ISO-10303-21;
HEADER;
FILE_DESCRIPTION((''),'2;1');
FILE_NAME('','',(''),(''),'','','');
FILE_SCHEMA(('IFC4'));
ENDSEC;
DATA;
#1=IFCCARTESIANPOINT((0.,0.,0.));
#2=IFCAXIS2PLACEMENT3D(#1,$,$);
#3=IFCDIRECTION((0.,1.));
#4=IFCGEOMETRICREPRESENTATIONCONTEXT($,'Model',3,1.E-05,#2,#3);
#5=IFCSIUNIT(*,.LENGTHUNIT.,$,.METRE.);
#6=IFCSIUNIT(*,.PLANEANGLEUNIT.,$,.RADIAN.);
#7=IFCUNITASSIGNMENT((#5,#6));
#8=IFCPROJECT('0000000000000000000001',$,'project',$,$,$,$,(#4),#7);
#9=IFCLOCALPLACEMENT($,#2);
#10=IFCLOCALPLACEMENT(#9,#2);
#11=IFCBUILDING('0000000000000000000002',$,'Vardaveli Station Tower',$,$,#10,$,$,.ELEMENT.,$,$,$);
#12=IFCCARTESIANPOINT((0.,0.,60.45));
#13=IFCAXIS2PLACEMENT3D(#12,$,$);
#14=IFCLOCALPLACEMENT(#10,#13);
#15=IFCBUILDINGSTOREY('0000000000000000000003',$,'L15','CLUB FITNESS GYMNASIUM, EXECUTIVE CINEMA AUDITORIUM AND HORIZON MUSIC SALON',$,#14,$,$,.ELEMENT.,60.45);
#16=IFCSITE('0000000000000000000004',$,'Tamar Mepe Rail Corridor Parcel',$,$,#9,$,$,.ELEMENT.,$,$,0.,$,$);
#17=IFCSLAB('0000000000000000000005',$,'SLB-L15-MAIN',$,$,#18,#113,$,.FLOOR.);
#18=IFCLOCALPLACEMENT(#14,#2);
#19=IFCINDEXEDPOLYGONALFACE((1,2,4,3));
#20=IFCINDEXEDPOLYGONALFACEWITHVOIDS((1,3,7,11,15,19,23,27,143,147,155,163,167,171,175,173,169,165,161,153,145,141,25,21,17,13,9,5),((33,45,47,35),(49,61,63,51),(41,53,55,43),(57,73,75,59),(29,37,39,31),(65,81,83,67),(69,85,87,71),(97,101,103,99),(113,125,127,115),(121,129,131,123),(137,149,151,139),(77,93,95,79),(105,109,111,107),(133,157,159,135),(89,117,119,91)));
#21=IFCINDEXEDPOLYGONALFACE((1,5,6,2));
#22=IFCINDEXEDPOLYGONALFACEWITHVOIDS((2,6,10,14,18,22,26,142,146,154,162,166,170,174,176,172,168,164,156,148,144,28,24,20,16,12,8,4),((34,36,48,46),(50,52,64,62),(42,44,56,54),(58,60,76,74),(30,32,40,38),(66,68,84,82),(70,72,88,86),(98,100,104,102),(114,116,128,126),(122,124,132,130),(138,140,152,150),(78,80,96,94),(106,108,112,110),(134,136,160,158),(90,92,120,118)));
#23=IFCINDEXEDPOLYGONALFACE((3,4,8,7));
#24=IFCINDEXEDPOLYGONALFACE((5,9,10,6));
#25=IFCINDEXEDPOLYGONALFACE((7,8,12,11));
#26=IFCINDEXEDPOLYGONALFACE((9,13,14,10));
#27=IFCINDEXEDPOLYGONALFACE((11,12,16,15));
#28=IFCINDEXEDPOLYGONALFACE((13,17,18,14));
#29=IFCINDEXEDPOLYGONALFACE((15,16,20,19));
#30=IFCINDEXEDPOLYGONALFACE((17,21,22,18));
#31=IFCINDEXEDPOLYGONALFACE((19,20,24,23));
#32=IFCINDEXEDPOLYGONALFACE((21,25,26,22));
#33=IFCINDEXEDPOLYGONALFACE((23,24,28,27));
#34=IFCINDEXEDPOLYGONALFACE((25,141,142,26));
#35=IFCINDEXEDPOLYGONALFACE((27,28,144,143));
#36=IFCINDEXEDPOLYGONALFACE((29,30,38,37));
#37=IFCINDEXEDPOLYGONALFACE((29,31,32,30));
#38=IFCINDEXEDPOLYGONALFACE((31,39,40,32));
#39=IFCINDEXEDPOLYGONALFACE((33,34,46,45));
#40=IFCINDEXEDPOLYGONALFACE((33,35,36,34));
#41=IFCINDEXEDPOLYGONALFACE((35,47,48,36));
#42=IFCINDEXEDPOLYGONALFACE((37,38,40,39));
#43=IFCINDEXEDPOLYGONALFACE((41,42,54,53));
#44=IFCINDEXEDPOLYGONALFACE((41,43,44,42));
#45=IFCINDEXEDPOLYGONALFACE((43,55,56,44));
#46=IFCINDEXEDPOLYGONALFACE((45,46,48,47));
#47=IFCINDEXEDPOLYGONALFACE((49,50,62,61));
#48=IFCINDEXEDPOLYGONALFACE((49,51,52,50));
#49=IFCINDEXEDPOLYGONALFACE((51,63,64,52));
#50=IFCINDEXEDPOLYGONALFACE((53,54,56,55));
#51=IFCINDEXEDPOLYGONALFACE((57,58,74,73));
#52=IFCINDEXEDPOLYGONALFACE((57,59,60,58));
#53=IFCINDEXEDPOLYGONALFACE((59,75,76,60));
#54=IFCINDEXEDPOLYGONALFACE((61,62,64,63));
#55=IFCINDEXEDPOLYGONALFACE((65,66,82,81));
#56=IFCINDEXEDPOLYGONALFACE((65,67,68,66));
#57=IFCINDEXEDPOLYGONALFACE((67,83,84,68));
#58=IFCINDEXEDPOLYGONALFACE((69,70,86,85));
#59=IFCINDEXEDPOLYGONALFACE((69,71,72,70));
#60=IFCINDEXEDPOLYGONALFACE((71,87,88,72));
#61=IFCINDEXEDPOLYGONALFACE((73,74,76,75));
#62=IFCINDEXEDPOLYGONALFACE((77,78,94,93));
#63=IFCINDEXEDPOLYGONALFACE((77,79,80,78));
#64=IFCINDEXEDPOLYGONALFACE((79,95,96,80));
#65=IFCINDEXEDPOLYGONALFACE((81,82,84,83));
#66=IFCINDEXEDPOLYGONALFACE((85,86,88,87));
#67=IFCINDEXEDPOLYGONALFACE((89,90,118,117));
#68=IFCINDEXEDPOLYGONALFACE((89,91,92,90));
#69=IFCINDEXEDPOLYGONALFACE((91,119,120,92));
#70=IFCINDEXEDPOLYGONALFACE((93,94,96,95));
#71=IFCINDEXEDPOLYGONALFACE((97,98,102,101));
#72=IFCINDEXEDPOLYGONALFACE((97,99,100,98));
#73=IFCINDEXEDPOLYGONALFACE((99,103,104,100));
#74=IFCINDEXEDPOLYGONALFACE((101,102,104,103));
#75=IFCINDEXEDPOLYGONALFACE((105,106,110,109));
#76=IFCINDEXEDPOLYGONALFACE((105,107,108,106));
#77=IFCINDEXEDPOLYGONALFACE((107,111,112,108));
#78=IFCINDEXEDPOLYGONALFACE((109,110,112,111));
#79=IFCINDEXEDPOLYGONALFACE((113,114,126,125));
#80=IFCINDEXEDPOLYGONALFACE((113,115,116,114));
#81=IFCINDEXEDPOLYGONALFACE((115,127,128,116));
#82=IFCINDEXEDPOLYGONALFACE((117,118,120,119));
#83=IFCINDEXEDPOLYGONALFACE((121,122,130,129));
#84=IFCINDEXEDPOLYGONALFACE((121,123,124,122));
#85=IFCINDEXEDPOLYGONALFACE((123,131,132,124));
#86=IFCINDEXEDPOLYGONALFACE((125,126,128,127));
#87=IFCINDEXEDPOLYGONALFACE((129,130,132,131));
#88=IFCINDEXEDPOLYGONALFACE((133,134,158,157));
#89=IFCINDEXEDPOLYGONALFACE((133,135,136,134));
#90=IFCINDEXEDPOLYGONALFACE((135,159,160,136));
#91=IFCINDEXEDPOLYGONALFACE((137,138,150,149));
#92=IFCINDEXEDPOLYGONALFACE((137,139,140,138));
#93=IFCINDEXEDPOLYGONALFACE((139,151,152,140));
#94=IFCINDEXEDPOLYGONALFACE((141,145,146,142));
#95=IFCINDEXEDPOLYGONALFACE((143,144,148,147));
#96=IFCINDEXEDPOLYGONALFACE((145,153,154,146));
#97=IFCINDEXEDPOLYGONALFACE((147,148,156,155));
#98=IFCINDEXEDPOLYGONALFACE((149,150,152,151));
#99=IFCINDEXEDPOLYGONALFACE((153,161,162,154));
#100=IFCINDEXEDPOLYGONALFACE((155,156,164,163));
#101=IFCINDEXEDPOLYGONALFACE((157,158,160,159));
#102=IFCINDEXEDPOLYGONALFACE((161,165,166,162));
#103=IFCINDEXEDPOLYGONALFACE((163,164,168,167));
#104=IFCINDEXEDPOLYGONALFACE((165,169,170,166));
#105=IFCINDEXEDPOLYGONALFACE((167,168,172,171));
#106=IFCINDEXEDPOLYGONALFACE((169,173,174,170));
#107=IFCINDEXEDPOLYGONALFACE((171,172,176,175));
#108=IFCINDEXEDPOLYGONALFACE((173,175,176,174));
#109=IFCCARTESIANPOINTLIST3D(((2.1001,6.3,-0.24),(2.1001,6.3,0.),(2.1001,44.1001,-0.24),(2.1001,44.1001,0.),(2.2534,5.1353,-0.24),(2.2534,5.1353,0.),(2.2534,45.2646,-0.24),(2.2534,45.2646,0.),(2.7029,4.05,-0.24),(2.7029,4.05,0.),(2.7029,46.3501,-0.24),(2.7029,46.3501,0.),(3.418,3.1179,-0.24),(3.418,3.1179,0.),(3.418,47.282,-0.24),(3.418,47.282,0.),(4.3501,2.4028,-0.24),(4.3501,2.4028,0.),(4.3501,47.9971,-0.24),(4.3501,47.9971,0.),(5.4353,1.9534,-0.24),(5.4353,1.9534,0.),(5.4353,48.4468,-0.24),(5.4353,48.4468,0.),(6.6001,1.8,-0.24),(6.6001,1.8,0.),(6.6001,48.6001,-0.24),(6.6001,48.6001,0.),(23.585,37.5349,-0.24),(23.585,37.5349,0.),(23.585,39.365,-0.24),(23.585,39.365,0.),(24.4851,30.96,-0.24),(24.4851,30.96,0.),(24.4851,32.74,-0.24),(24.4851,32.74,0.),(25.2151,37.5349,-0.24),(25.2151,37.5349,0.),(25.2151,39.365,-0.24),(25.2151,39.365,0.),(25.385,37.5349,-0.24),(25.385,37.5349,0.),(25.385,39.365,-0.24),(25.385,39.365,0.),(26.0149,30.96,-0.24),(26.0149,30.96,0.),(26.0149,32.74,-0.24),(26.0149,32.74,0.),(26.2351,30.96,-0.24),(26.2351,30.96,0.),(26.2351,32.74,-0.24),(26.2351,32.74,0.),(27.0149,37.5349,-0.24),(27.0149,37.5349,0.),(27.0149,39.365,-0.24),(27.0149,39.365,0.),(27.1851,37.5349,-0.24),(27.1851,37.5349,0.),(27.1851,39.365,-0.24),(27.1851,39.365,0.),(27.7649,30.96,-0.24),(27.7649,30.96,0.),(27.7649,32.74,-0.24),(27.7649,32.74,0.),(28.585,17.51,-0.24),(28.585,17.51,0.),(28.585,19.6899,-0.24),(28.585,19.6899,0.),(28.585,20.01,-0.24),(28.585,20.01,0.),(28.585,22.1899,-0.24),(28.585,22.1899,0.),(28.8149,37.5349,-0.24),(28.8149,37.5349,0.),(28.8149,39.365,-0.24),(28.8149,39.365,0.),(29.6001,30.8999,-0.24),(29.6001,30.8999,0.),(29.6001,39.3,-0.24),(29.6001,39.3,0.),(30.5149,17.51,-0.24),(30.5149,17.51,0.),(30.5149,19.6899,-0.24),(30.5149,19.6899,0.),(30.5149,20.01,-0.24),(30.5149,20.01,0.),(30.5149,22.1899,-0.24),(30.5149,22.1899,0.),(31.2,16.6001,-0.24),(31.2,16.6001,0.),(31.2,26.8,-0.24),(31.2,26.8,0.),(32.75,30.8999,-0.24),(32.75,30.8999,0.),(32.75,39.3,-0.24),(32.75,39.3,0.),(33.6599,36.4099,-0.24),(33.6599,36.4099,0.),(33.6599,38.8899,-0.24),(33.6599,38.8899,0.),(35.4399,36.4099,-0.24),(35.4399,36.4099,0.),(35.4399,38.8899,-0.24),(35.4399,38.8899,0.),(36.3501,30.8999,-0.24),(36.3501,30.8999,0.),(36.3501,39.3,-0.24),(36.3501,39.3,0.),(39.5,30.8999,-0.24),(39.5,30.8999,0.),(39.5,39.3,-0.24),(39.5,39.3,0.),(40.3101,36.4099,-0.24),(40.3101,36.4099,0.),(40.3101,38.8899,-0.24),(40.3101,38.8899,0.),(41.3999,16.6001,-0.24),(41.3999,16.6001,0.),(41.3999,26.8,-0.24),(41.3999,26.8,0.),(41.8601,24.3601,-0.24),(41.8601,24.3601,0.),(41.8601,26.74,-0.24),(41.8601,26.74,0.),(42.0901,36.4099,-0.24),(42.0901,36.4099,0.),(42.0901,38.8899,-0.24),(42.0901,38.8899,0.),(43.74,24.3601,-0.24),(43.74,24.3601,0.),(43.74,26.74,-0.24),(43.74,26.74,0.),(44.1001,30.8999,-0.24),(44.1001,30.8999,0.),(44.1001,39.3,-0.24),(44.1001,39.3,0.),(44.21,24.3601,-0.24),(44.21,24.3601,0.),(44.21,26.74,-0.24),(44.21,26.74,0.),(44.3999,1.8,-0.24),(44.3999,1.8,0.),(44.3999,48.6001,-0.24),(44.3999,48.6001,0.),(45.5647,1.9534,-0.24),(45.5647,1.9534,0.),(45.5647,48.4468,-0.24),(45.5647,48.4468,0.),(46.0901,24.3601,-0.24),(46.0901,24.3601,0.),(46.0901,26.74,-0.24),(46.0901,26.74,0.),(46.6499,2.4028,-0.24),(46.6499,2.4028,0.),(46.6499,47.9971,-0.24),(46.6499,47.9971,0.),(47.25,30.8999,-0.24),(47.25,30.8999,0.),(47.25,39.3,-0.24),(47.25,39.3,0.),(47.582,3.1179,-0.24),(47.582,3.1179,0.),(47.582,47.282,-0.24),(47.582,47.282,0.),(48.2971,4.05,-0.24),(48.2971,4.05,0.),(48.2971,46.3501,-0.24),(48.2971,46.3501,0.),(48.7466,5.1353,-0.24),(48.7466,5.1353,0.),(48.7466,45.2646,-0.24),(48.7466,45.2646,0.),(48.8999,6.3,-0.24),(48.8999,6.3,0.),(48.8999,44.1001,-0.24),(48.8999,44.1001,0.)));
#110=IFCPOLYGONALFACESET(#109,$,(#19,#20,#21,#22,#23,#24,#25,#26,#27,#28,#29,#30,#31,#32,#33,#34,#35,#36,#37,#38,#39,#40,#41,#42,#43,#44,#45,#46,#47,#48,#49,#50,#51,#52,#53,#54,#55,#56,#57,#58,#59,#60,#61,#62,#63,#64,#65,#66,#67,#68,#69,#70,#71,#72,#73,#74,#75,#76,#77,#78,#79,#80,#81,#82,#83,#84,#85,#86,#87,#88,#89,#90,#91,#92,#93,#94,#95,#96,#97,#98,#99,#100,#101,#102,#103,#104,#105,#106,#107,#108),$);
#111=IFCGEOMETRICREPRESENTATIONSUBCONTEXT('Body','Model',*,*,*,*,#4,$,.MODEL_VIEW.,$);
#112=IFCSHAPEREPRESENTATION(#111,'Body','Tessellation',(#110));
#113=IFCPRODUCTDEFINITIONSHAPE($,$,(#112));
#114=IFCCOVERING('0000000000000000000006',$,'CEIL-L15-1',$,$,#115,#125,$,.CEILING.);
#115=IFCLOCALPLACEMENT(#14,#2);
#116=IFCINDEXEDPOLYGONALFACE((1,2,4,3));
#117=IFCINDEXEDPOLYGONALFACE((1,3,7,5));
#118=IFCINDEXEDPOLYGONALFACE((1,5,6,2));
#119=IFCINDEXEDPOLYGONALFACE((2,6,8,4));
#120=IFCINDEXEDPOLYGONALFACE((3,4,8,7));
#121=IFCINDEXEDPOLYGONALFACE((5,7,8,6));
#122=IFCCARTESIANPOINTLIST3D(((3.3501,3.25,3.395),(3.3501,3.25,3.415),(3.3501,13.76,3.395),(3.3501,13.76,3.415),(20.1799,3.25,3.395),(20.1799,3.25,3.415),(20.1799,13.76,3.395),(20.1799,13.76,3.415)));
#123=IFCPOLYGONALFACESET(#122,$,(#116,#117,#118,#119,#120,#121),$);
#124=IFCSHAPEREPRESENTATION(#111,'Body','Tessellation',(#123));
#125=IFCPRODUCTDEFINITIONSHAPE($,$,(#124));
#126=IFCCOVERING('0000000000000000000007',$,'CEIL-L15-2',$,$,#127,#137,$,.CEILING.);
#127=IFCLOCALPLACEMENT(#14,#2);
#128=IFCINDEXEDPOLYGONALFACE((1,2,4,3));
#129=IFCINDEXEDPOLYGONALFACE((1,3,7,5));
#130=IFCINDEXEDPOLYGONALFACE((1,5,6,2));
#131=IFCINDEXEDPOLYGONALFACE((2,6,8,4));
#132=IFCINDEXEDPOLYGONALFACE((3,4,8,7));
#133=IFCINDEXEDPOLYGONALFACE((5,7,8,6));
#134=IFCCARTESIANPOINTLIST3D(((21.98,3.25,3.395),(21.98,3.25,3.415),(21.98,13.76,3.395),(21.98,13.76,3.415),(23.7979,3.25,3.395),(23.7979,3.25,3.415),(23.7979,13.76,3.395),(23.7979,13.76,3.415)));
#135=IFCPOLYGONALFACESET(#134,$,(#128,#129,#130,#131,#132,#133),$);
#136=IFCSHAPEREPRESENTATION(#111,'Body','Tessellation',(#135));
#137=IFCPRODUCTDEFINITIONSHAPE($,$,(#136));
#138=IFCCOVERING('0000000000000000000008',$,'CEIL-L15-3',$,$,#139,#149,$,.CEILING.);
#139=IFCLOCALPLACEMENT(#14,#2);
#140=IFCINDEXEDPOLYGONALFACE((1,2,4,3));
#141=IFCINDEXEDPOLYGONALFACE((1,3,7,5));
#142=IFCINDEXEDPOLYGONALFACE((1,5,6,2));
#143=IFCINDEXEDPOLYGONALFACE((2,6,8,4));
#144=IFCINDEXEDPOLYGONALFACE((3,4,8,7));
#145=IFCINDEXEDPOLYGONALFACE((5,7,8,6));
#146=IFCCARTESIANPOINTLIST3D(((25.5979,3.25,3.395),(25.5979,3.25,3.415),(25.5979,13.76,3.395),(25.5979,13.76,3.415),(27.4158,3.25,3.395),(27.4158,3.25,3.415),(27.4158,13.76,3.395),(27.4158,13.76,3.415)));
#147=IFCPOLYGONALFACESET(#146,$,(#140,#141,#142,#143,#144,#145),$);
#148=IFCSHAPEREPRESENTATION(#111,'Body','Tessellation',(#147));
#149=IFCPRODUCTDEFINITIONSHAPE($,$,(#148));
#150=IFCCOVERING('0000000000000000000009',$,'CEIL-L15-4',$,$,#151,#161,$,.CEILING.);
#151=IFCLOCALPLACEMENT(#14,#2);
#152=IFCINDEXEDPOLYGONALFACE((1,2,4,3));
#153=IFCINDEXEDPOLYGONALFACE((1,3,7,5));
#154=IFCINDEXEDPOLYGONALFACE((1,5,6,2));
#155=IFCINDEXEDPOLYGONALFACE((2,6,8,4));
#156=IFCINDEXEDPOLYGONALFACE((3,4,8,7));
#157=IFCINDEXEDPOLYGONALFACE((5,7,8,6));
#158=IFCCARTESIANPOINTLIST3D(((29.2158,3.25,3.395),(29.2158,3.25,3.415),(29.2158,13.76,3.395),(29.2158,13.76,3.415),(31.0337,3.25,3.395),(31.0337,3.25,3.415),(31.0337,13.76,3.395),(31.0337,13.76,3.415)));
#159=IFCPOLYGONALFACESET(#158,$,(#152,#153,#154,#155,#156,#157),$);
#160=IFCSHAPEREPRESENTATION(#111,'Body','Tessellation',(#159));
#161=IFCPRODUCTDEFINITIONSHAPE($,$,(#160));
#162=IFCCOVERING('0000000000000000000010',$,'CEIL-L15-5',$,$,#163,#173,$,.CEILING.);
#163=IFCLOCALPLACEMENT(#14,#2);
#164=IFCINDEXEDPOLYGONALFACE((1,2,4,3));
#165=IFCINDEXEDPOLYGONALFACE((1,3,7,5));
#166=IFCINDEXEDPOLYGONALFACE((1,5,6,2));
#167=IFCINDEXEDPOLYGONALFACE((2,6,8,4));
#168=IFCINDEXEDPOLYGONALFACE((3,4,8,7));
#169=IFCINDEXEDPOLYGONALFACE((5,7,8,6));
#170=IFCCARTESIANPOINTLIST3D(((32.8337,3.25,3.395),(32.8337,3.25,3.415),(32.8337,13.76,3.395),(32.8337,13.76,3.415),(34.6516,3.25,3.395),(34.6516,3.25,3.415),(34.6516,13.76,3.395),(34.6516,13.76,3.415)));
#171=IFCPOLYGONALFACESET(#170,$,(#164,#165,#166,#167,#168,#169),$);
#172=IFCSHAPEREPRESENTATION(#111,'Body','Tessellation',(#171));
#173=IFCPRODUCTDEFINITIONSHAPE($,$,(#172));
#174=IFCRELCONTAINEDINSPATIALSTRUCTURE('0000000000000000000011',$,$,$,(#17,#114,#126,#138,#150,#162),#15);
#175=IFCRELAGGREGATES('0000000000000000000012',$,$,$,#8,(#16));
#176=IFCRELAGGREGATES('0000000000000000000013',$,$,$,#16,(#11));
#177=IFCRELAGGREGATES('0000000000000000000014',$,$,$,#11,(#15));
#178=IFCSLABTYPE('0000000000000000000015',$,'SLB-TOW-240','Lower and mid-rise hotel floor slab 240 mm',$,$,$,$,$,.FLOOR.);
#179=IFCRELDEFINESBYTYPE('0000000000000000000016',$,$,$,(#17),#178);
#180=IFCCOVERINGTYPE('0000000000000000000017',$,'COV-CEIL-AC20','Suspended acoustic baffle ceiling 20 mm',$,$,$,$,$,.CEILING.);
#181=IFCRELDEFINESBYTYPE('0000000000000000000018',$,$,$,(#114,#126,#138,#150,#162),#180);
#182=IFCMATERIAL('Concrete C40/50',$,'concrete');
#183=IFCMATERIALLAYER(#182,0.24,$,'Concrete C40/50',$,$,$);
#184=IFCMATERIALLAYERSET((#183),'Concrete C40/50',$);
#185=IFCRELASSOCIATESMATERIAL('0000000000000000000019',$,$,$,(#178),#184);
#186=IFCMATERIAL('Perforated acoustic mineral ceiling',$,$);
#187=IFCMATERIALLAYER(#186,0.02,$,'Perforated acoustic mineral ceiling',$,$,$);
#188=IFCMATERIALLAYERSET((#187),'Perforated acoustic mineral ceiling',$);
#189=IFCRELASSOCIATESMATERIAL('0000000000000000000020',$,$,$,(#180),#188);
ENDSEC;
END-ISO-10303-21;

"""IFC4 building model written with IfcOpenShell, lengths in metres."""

from ifc_helpers import new_model, si_unit, direction, frame, origin, place, context, subcontext, project, spatial, polyline, outline, extrude, material, layer, layer_set, type_object, element, save


model = new_model("IFC4")

# Units and contexts
model_context = context("Model", 3, precision=1e-05, world=origin(), true_north=direction((0.0, 1.0)))
body_context = subcontext(model_context, "Body", "Model", "MODEL_VIEW")
ifc_project = project(units=[si_unit("LENGTHUNIT", "METRE"), si_unit("PLANEANGLEUNIT", "RADIAN")], contexts=[model_context])

# Site, building, storey
site_placement = place(None, origin())
site = spatial("IfcSite", under=ifc_project, at=site_placement, Name="Tamar Mepe Rail Corridor Parcel", CompositionType="ELEMENT", RefElevation=0.0)
building_placement = place(site_placement, origin())
building = spatial("IfcBuilding", under=site, at=building_placement, Name="Vardaveli Station Tower", CompositionType="ELEMENT")
storey_placement = place(building_placement, frame((0.0, 0.0, 60.45)))
storey = spatial("IfcBuildingStorey", under=building, at=storey_placement, Name="L15", Description="CLUB FITNESS GYMNASIUM, EXECUTIVE CINEMA AUDITORIUM AND HORIZON MUSIC SALON", CompositionType="ELEMENT", Elevation=60.45)

# Shared definitions
ifc_material_1 = material(Name="Concrete C40/50", Category="concrete")

# Slab
ifc_layer_1 = layer(ifc_material_1, 0.24, Name="Concrete C40/50")
ifc_layer_set_1 = layer_set([ifc_layer_1], Name="Concrete C40/50")
slab_type_1 = type_object("IfcSlabType", Name="SLB-TOW-240", Description="Lower and mid-rise hotel floor slab 240 mm", PredefinedType="FLOOR", material=ifc_layer_set_1)
slab_1_placement = place(storey_placement, frame((0.0, 0.0, -0.24)))
element("IfcSlab", 1, at=slab_1_placement, inside=storey, type_object=slab_type_1, Name="SLB-L15-MAIN", PredefinedType="FLOOR", context=body_context, shape_type="SweptSolid", body=[
    extrude(outline(polyline([(2.1001, 6.3), (2.2534, 5.1353), (2.7029, 4.05), (3.418, 3.1179), (4.3501, 2.4028), (5.4353, 1.9534), (6.6001, 1.8), (44.3999, 1.8), (45.5647, 1.9534), (46.6499, 2.4028), (47.582, 3.1179), (48.2971, 4.05), (48.7466, 5.1353), (48.8999, 6.3), (48.8999, 44.1001), (48.7466, 45.2646), (48.2971, 46.3501), (47.582, 47.282), (46.6499, 47.9971), (45.5647, 48.4468), (44.3999, 48.6001), (6.6001, 48.6001), (5.4353, 48.4468), (4.3501, 47.9971), (3.418, 47.282), (2.7029, 46.3501), (2.2534, 45.2646), (2.1001, 44.1001), (2.1001, 6.3)]), holes=[polyline([(31.2, 16.6001), (41.3999, 16.6001), (41.3999, 26.8), (31.2, 26.8), (31.2, 16.6001)]), polyline([(32.75, 30.8999), (32.75, 39.3), (29.6001, 39.3), (29.6001, 30.8999), (32.75, 30.8999)]), polyline([(39.5, 30.8999), (39.5, 39.3), (36.3501, 39.3), (36.3501, 30.8999), (39.5, 30.8999)]), polyline([(47.25, 30.8999), (47.25, 39.3), (44.1001, 39.3), (44.1001, 30.8999), (47.25, 30.8999)]), polyline([(23.585, 37.5349), (25.2151, 37.5349), (25.2151, 39.365), (23.585, 39.365), (23.585, 37.5349)]), polyline([(25.385, 37.5349), (27.0149, 37.5349), (27.0149, 39.365), (25.385, 39.365), (25.385, 37.5349)]), polyline([(27.1851, 37.5349), (28.8149, 37.5349), (28.8149, 39.365), (27.1851, 39.365), (27.1851, 37.5349)]), polyline([(33.6599, 36.4099), (35.4399, 36.4099), (35.4399, 38.8899), (33.6599, 38.8899), (33.6599, 36.4099)]), polyline([(40.3101, 36.4099), (42.0901, 36.4099), (42.0901, 38.8899), (40.3101, 38.8899), (40.3101, 36.4099)]), polyline([(24.4851, 30.96), (26.0149, 30.96), (26.0149, 32.74), (24.4851, 32.74), (24.4851, 30.96)]), polyline([(26.2351, 30.96), (27.7649, 30.96), (27.7649, 32.74), (26.2351, 32.74), (26.2351, 30.96)]), polyline([(28.585, 17.51), (30.5149, 17.51), (30.5149, 19.6899), (28.585, 19.6899), (28.585, 17.51)]), polyline([(28.585, 20.01), (30.5149, 20.01), (30.5149, 22.1899), (28.585, 22.1899), (28.585, 20.01)]), polyline([(41.8601, 24.3601), (43.74, 24.3601), (43.74, 26.74), (41.8601, 26.74), (41.8601, 24.3601)]), polyline([(44.21, 24.3601), (46.0901, 24.3601), (46.0901, 26.74), (44.21, 26.74), (44.21, 24.3601)])]), origin(), (0.0, 0.0, 1.0), 0.24),
])

# Coverings
ifc_material_2 = material(Name="Perforated acoustic mineral ceiling")
ifc_layer_2 = layer(ifc_material_2, 0.02, Name="Perforated acoustic mineral ceiling")
ifc_layer_set_2 = layer_set([ifc_layer_2], Name="Perforated acoustic mineral ceiling")
covering_type_1 = type_object("IfcCoveringType", Name="COV-CEIL-AC20", Description="Suspended acoustic baffle ceiling 20 mm", PredefinedType="CEILING", material=ifc_layer_set_2)
covering_1_placement = place(storey_placement, frame((0.0, 0.0, 3.395)))
element("IfcCovering", 2, at=covering_1_placement, inside=storey, type_object=covering_type_1, Name="CEIL-L15-1", PredefinedType="CEILING", context=body_context, shape_type="SweptSolid", body=[
    extrude(outline(polyline([(3.3501, 3.25), (20.1799, 3.25), (20.1799, 13.76), (3.3501, 13.76), (3.3501, 3.25)])), origin(), (0.0, 0.0, 1.0), 0.02),
])
covering_2_placement = place(storey_placement, frame((0.0, 0.0, 3.395)))
element("IfcCovering", 3, at=covering_2_placement, inside=storey, type_object=covering_type_1, Name="CEIL-L15-2", PredefinedType="CEILING", context=body_context, shape_type="SweptSolid", body=[
    extrude(outline(polyline([(21.98, 3.25), (23.7979, 3.25), (23.7979, 13.76), (21.98, 13.76), (21.98, 3.25)])), origin(), (0.0, 0.0, 1.0), 0.02),
])
covering_3_placement = place(storey_placement, frame((0.0, 0.0, 3.395)))
element("IfcCovering", 4, at=covering_3_placement, inside=storey, type_object=covering_type_1, Name="CEIL-L15-3", PredefinedType="CEILING", context=body_context, shape_type="SweptSolid", body=[
    extrude(outline(polyline([(25.5979, 3.25), (27.4158, 3.25), (27.4158, 13.76), (25.5979, 13.76), (25.5979, 3.25)])), origin(), (0.0, 0.0, 1.0), 0.02),
])
covering_4_placement = place(storey_placement, frame((0.0, 0.0, 3.395)))
element("IfcCovering", 5, at=covering_4_placement, inside=storey, type_object=covering_type_1, Name="CEIL-L15-4", PredefinedType="CEILING", context=body_context, shape_type="SweptSolid", body=[
    extrude(outline(polyline([(29.2158, 3.25), (31.0337, 3.25), (31.0337, 13.76), (29.2158, 13.76), (29.2158, 3.25)])), origin(), (0.0, 0.0, 1.0), 0.02),
])
covering_5_placement = place(storey_placement, frame((0.0, 0.0, 3.395)))
element("IfcCovering", 6, at=covering_5_placement, inside=storey, type_object=covering_type_1, Name="CEIL-L15-5", PredefinedType="CEILING", context=body_context, shape_type="SweptSolid", body=[
    extrude(outline(polyline([(32.8337, 3.25), (34.6516, 3.25), (34.6516, 13.76), (32.8337, 13.76), (32.8337, 3.25)])), origin(), (0.0, 0.0, 1.0), 0.02),
])

save(model, "model.ifc")
